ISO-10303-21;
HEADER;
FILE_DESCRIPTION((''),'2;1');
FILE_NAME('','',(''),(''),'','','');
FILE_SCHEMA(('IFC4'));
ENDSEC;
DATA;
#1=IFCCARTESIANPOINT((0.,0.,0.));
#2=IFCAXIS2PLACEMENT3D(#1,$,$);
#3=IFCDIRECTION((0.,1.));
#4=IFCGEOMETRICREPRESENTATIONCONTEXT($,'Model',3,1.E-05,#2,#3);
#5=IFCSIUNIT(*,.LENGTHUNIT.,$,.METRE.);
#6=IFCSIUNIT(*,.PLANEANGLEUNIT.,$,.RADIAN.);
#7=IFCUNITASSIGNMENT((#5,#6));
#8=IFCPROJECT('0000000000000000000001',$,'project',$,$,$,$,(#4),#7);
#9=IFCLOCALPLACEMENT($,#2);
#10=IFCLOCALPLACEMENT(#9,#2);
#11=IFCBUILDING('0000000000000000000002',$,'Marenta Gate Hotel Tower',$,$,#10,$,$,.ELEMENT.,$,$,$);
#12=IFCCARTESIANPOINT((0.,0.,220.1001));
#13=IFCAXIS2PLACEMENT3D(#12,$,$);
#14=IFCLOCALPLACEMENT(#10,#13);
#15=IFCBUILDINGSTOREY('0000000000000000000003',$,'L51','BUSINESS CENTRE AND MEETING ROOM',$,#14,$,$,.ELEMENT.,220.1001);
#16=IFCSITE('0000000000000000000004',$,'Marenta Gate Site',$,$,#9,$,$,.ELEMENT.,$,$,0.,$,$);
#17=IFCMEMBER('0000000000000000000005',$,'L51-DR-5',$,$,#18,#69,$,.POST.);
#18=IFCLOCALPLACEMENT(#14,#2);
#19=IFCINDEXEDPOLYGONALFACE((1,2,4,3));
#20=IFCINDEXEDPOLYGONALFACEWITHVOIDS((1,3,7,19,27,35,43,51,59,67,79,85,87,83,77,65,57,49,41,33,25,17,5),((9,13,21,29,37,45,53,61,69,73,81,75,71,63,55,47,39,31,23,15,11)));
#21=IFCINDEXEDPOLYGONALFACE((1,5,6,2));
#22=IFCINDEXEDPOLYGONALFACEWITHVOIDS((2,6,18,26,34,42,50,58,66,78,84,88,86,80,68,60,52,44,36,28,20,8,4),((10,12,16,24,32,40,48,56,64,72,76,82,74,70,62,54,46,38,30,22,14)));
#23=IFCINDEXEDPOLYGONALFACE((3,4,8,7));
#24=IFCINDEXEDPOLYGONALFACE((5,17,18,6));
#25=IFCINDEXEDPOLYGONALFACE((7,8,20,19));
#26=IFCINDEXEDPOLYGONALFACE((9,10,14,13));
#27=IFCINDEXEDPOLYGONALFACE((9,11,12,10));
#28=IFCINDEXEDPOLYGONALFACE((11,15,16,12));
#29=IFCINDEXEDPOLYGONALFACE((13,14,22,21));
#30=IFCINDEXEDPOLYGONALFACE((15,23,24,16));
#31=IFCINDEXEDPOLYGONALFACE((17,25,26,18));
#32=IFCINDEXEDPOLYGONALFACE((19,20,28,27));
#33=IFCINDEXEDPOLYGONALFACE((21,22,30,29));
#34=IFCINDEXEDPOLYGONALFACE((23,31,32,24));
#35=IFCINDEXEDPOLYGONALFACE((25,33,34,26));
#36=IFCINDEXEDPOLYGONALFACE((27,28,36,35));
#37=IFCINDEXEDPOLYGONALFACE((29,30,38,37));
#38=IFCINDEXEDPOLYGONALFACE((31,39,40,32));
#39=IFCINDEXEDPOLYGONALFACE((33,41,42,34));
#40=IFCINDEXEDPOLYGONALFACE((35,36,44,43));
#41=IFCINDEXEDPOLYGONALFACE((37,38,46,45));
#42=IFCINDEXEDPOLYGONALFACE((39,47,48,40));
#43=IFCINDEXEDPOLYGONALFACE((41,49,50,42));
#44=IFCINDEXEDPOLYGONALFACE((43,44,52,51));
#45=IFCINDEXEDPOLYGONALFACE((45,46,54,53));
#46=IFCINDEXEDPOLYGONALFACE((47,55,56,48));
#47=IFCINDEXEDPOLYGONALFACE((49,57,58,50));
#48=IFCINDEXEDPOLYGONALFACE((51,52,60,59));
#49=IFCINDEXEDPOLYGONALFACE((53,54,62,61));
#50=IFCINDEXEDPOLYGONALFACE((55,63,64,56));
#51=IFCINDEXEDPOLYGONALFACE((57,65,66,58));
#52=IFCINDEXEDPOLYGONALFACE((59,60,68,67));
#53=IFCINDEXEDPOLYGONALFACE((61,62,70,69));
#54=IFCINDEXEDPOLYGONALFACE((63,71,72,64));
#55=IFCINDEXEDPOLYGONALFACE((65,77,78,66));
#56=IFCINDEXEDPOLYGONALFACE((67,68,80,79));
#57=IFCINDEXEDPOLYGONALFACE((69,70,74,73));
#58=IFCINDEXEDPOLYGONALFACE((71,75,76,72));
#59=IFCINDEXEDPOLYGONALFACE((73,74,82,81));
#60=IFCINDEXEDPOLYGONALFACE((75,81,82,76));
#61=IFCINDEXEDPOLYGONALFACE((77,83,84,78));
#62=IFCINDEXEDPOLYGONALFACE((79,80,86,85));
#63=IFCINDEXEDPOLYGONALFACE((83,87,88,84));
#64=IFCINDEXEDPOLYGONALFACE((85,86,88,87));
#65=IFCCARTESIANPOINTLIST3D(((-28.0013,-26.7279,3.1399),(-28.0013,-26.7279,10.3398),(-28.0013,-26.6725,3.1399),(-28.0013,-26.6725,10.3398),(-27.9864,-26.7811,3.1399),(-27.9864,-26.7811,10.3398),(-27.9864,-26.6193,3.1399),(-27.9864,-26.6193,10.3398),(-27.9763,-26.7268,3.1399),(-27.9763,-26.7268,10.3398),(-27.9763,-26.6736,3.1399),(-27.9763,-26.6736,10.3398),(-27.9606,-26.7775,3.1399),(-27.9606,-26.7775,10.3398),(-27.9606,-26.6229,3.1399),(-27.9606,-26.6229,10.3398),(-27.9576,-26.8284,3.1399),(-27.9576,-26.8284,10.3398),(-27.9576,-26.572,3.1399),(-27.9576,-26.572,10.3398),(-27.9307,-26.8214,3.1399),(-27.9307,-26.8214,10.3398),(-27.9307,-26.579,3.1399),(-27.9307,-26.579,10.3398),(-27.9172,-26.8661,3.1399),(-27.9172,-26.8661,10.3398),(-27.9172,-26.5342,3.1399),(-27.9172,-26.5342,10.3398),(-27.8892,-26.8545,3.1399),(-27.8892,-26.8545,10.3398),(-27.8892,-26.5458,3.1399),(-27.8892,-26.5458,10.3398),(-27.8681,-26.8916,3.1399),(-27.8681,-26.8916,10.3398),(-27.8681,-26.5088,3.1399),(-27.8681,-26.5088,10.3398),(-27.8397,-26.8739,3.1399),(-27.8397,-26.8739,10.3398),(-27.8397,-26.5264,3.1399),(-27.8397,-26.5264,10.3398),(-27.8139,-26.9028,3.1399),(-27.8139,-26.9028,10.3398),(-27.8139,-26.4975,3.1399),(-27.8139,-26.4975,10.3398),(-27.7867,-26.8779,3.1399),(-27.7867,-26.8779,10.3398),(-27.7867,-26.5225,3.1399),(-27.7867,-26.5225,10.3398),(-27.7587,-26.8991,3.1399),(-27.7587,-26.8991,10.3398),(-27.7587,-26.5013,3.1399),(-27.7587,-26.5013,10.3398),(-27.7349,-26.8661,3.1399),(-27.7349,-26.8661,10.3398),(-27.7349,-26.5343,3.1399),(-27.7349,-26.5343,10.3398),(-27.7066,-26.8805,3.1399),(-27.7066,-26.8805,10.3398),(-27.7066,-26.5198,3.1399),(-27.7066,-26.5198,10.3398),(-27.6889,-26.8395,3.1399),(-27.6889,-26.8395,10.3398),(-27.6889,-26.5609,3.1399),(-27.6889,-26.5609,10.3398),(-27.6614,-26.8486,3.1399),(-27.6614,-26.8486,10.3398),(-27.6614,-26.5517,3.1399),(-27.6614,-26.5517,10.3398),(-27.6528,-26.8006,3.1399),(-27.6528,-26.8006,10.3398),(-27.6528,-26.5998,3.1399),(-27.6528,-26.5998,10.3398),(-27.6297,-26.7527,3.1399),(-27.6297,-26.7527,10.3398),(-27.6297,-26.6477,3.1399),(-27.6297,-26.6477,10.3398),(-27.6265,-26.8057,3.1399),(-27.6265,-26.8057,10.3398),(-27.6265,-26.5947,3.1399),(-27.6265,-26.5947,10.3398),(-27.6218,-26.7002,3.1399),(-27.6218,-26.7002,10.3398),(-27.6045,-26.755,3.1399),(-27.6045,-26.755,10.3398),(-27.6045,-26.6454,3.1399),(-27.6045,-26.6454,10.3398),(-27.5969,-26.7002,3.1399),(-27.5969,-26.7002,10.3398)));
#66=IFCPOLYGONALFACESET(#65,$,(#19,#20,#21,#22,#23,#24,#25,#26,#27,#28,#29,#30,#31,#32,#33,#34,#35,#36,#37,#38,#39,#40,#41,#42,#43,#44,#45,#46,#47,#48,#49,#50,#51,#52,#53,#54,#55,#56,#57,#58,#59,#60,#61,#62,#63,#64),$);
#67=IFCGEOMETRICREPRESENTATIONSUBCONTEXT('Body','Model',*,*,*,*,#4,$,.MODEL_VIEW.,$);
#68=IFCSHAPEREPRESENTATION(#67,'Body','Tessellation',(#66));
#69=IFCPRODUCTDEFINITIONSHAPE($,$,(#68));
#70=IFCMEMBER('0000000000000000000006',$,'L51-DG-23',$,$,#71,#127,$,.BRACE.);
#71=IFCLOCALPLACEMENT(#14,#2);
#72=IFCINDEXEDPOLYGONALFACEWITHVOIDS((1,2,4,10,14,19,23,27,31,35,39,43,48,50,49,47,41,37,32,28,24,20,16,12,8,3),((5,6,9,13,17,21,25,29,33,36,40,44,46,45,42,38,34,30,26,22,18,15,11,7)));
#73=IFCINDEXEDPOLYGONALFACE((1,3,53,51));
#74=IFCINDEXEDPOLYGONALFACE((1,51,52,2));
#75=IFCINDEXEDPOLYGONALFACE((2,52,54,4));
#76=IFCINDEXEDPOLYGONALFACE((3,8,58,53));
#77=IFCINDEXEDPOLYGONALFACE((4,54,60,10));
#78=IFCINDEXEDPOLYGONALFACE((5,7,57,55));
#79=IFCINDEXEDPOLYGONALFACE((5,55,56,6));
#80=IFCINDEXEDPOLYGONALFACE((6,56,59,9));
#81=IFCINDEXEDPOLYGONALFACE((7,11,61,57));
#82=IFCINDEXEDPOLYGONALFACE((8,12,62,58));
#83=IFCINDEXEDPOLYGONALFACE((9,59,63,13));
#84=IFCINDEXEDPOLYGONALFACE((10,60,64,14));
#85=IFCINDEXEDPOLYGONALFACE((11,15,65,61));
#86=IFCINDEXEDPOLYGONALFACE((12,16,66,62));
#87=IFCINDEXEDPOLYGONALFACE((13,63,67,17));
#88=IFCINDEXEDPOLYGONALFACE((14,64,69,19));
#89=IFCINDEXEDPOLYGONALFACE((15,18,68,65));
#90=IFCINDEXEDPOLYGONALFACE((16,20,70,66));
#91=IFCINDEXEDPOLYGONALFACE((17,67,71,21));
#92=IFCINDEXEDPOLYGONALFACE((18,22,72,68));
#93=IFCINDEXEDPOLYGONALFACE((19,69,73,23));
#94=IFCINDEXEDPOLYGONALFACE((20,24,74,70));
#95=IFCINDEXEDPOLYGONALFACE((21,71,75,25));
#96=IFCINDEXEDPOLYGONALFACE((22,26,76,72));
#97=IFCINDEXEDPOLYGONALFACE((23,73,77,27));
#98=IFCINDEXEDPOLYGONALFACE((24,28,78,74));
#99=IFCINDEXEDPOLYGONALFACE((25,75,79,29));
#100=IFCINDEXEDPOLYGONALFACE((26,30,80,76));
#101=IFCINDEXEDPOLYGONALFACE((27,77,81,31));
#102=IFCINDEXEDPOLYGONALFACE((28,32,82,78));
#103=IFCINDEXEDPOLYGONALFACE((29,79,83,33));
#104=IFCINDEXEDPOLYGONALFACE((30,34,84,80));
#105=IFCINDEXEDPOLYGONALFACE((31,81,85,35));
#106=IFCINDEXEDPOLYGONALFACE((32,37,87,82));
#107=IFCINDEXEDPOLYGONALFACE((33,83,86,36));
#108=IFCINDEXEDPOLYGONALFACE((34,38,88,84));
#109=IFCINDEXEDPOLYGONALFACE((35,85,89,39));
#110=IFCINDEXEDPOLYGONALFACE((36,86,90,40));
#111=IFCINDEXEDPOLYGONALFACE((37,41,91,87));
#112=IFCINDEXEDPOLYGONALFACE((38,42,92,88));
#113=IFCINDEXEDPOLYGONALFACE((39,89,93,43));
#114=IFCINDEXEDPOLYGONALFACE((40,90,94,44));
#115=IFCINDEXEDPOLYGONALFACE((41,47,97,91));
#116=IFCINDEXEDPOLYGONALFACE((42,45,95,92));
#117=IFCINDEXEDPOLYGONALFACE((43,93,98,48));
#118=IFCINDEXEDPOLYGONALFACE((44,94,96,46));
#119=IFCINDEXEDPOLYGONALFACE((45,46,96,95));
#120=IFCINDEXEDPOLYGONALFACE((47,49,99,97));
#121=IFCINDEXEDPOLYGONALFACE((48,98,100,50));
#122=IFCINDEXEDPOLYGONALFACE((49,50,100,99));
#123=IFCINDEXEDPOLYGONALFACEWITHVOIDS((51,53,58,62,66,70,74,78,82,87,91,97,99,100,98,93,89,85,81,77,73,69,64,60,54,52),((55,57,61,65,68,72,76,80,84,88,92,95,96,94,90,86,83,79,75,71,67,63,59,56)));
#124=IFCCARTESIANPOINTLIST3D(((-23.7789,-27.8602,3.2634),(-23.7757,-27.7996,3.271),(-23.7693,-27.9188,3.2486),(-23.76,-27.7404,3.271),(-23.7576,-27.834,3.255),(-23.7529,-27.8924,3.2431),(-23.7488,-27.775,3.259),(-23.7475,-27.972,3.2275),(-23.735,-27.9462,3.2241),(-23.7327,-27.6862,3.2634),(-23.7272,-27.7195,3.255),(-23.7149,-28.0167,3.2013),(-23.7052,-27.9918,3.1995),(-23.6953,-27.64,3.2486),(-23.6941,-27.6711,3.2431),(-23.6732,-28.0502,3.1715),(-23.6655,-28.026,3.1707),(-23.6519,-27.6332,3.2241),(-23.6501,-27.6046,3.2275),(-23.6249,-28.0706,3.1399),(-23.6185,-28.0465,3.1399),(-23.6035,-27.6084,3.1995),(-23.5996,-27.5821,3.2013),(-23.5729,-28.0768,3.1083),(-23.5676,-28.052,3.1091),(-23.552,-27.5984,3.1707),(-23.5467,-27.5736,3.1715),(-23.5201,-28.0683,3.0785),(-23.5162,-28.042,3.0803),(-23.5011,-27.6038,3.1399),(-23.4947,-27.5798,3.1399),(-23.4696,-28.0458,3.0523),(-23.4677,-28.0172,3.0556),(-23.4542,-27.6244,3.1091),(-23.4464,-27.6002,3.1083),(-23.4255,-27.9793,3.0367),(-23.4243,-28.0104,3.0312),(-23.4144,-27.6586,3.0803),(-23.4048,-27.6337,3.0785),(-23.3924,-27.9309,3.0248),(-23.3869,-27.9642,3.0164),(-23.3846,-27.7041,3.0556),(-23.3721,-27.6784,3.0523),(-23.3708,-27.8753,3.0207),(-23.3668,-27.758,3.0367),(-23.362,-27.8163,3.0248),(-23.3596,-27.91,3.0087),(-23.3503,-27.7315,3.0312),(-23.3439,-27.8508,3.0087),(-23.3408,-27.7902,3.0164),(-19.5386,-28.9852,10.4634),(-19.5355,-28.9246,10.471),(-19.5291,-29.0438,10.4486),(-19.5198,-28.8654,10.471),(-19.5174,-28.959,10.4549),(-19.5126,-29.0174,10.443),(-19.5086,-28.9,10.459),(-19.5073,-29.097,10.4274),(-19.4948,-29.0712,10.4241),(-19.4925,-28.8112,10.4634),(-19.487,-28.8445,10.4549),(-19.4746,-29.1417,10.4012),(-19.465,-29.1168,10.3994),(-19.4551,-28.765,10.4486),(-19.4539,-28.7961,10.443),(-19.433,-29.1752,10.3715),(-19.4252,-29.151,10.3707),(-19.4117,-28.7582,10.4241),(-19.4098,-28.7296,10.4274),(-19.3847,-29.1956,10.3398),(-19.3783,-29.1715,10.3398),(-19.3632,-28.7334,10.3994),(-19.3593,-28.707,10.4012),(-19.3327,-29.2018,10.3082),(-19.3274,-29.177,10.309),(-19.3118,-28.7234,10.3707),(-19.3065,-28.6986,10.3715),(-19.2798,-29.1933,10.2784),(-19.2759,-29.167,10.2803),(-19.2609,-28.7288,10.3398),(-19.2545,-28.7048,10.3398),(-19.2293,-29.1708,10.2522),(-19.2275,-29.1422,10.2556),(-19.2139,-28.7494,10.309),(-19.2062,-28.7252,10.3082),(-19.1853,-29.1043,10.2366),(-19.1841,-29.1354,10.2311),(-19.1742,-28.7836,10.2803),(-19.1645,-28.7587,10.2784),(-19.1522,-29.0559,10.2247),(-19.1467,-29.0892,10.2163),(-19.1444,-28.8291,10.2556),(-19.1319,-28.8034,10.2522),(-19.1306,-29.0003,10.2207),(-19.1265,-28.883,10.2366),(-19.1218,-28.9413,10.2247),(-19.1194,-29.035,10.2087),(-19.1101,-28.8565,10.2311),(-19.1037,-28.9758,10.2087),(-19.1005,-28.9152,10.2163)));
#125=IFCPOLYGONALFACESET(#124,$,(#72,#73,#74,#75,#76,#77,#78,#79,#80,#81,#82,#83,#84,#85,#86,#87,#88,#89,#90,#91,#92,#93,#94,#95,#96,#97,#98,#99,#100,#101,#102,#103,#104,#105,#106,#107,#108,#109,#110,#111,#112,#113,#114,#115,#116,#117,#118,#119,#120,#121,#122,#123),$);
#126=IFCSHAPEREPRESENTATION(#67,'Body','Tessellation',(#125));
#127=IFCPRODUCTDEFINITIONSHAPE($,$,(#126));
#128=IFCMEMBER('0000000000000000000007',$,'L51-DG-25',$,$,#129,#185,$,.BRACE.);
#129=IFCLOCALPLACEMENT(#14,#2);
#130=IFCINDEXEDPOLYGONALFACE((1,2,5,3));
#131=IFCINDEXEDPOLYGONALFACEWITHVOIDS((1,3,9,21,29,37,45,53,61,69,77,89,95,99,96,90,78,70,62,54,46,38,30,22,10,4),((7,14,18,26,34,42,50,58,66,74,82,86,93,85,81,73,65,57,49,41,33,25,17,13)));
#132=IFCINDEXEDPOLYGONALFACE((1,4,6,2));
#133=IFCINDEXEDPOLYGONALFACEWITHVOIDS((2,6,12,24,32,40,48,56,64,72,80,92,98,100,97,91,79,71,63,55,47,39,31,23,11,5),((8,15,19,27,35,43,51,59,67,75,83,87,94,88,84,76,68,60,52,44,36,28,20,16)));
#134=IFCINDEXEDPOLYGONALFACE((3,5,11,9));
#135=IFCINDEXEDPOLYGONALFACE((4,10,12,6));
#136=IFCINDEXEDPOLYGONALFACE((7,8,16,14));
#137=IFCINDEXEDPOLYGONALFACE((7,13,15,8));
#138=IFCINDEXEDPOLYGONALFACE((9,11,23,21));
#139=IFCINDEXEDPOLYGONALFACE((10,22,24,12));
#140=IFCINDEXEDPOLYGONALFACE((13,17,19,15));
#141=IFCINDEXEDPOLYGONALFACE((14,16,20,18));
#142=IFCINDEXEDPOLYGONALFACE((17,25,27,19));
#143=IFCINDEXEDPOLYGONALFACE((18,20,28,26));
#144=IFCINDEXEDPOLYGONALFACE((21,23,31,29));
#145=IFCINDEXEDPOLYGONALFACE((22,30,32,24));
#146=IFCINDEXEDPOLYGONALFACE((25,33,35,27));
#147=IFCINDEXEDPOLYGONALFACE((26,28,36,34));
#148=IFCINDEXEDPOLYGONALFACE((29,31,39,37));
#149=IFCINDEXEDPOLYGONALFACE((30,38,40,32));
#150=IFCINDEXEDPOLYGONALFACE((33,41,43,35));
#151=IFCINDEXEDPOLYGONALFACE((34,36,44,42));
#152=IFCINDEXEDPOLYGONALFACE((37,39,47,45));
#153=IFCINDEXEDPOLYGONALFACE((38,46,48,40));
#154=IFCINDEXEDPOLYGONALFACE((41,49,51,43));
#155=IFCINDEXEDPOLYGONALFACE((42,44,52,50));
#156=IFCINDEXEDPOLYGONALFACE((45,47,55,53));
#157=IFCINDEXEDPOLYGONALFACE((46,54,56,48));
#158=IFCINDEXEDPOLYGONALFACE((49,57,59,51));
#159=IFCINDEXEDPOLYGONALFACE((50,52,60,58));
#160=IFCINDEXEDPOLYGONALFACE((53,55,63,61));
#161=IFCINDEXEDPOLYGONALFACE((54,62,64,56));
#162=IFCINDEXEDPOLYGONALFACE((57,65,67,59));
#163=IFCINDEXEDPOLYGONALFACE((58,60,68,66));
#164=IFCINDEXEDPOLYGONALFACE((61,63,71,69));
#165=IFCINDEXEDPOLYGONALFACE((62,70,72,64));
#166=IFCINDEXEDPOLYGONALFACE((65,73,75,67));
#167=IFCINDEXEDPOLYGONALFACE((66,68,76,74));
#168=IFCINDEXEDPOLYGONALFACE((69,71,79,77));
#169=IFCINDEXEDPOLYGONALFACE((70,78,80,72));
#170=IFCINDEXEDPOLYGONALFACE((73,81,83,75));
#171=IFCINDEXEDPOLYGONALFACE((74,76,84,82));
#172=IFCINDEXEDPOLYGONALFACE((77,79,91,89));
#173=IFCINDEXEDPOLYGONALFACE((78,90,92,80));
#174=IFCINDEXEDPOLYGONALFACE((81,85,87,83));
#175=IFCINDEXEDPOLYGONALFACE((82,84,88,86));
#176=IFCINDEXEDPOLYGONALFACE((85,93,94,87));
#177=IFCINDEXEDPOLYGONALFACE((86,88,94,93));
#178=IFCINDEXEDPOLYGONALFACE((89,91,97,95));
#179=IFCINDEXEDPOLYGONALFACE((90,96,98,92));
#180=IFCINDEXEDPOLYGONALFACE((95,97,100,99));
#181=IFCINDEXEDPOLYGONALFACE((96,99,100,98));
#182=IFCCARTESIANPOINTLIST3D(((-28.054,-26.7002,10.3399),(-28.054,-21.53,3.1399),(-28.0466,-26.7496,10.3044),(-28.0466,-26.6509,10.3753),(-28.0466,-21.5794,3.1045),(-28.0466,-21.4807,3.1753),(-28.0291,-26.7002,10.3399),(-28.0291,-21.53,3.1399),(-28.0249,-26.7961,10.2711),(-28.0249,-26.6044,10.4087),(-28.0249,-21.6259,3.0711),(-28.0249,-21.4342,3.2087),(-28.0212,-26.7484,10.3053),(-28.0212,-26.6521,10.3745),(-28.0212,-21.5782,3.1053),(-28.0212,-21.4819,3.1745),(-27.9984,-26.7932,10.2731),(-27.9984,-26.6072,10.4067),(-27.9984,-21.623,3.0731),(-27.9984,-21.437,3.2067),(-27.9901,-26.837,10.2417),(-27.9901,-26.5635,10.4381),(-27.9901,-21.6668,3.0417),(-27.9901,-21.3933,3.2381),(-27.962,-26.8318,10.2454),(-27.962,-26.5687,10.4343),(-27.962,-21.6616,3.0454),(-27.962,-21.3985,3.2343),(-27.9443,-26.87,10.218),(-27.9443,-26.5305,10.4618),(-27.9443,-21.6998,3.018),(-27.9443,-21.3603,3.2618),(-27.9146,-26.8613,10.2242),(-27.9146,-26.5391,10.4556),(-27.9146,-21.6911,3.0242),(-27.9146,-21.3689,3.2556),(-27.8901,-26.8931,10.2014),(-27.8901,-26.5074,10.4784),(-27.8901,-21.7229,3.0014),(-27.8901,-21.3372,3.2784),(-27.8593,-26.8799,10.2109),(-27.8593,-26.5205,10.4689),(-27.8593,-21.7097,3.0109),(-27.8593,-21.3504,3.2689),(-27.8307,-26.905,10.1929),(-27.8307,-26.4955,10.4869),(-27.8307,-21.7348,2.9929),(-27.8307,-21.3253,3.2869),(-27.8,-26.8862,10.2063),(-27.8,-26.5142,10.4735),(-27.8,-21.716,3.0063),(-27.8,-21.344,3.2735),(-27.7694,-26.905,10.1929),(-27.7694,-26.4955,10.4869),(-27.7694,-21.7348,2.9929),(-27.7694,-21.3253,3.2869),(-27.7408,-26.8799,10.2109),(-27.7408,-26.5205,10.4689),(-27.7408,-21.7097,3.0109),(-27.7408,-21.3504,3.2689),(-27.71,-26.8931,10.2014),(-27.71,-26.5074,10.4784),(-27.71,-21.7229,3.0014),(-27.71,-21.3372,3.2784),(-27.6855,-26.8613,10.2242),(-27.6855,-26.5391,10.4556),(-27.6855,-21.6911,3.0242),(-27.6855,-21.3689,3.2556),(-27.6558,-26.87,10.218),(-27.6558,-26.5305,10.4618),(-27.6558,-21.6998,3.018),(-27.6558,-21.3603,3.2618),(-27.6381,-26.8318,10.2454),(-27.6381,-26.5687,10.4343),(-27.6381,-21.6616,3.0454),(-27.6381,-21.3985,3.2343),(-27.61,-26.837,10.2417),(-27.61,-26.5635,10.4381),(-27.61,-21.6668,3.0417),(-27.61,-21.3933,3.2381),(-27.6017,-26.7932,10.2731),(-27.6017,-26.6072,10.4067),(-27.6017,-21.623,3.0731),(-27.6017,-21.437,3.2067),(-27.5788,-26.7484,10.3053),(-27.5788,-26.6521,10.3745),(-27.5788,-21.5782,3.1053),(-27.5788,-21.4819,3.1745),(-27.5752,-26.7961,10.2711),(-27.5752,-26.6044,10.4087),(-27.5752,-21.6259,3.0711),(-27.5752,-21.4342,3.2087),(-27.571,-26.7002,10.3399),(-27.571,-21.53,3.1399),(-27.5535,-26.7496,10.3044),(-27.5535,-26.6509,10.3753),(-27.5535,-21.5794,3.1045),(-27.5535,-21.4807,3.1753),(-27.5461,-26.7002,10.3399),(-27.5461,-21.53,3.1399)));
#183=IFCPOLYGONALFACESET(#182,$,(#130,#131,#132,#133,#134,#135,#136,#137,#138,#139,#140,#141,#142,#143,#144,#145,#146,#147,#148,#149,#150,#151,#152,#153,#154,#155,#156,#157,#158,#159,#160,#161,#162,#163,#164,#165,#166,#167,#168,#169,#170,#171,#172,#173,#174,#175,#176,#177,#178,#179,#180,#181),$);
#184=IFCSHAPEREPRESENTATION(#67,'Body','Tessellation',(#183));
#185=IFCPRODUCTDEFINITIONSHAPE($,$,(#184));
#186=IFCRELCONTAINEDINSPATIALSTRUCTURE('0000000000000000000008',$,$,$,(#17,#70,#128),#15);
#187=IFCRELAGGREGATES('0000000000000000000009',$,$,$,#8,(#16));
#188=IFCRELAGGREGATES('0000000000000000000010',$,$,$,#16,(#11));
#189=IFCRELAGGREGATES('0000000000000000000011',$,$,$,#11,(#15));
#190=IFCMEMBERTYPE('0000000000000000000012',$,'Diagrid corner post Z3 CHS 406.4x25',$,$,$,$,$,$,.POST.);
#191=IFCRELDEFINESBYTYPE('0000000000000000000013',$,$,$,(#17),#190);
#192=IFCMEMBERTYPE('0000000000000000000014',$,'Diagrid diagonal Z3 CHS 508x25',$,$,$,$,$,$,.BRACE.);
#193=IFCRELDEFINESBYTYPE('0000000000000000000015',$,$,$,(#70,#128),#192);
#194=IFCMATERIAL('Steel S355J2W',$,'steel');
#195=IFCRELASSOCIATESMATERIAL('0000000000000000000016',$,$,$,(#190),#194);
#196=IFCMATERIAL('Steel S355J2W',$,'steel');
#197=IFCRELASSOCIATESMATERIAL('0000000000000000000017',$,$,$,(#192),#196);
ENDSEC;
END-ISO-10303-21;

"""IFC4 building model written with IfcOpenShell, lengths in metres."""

from ifc_helpers import new_model, si_unit, direction, frame, origin, origin_2d, place, context, subcontext, project, spatial, hollow_circle, extrude, material, material_profile, profile_set, type_object, element, save


model = new_model("IFC4")

# Units and contexts
model_context = context("Model", 3, precision=1e-05, world=origin(), true_north=direction((0.0, 1.0)))
body_context = subcontext(model_context, "Body", "Model", "MODEL_VIEW")
ifc_project = project(units=[si_unit("LENGTHUNIT", "METRE"), si_unit("PLANEANGLEUNIT", "RADIAN")], contexts=[model_context])

# Site, building, storey
site_placement = place(None, origin())
site = spatial("IfcSite", under=ifc_project, at=site_placement, Name="Marenta Gate Site", CompositionType="ELEMENT", RefElevation=0.0)
building_placement = place(site_placement, origin())
building = spatial("IfcBuilding", under=site, at=building_placement, Name="Marenta Gate Hotel Tower", CompositionType="ELEMENT")
storey_placement = place(building_placement, frame((0.0, 0.0, 220.1001)))
storey = spatial("IfcBuildingStorey", under=building, at=storey_placement, Name="L51", Description="BUSINESS CENTRE AND MEETING ROOM", CompositionType="ELEMENT", Elevation=220.1001)

# Members
ifc_material_1 = material(Name="Steel S355J2W", Category="steel")
ifc_material_profile_1 = material_profile(ifc_material_1, hollow_circle(Radius=0.2031, WallThickness=0.0249, at=origin_2d()), Name="CHS 406.4x25")
ifc_profile_set_1 = profile_set([ifc_material_profile_1], Name="Steel S355J2W")
member_type_1 = type_object("IfcMemberType", Name="Diagrid corner post Z3 CHS 406.4x25", PredefinedType="POST", material=ifc_profile_set_1)
member_1_placement = place(storey_placement, frame((-27.8, -26.7002, 3.1399), z_axis=(0.0, 0.0, 1.0), x_axis=(1.0, 0.0, 0.0)))
element("IfcMember", 1, at=member_1_placement, inside=storey, type_object=member_type_1, Name="L51-DR-5", PredefinedType="POST", context=body_context, shape_type="SweptSolid", body=[
    extrude(hollow_circle(Radius=0.2031, WallThickness=0.0249, at=origin_2d()), origin(), (0.0, 0.0, 1.0), 7.2),
])
ifc_material_2 = material(Name="Steel S355J2W", Category="steel")
ifc_material_profile_2 = material_profile(ifc_material_2, hollow_circle(Radius=0.2539, WallThickness=0.0249, at=origin_2d()), Name="CHS 508x25")
ifc_profile_set_2 = profile_set([ifc_material_profile_2], Name="Steel S355J2W")
member_type_2 = type_object("IfcMemberType", Name="Diagrid diagonal Z3 CHS 508x25", PredefinedType="BRACE", material=ifc_profile_set_2)
member_2_placement = place(storey_placement, frame((-23.5598, -27.8252, 3.1399), z_axis=(0.502924, -0.133434, 0.853969), x_axis=(0.256443, 0.966559, 0.0)))
element("IfcMember", 2, at=member_2_placement, inside=storey, type_object=member_type_2, Name="L51-DG-23", PredefinedType="BRACE", context=body_context, shape_type="SweptSolid", body=[
    extrude(hollow_circle(Radius=0.2539, WallThickness=0.0249, at=origin_2d()), origin(), (0.0, 0.0, 1.0), 8.4312),
])
member_3_placement = place(storey_placement, frame((-27.8, -21.53, 3.1399), z_axis=(0.0, -0.583279, 0.812272), x_axis=(1.0, 0.0, 0.0)))
element("IfcMember", 3, at=member_3_placement, inside=storey, type_object=member_type_2, Name="L51-DG-25", PredefinedType="BRACE", context=body_context, shape_type="SweptSolid", body=[
    extrude(hollow_circle(Radius=0.2539, WallThickness=0.0249, at=origin_2d()), origin(), (0.0, 0.0, 1.0), 8.864),
])

save(model, "model.ifc")
